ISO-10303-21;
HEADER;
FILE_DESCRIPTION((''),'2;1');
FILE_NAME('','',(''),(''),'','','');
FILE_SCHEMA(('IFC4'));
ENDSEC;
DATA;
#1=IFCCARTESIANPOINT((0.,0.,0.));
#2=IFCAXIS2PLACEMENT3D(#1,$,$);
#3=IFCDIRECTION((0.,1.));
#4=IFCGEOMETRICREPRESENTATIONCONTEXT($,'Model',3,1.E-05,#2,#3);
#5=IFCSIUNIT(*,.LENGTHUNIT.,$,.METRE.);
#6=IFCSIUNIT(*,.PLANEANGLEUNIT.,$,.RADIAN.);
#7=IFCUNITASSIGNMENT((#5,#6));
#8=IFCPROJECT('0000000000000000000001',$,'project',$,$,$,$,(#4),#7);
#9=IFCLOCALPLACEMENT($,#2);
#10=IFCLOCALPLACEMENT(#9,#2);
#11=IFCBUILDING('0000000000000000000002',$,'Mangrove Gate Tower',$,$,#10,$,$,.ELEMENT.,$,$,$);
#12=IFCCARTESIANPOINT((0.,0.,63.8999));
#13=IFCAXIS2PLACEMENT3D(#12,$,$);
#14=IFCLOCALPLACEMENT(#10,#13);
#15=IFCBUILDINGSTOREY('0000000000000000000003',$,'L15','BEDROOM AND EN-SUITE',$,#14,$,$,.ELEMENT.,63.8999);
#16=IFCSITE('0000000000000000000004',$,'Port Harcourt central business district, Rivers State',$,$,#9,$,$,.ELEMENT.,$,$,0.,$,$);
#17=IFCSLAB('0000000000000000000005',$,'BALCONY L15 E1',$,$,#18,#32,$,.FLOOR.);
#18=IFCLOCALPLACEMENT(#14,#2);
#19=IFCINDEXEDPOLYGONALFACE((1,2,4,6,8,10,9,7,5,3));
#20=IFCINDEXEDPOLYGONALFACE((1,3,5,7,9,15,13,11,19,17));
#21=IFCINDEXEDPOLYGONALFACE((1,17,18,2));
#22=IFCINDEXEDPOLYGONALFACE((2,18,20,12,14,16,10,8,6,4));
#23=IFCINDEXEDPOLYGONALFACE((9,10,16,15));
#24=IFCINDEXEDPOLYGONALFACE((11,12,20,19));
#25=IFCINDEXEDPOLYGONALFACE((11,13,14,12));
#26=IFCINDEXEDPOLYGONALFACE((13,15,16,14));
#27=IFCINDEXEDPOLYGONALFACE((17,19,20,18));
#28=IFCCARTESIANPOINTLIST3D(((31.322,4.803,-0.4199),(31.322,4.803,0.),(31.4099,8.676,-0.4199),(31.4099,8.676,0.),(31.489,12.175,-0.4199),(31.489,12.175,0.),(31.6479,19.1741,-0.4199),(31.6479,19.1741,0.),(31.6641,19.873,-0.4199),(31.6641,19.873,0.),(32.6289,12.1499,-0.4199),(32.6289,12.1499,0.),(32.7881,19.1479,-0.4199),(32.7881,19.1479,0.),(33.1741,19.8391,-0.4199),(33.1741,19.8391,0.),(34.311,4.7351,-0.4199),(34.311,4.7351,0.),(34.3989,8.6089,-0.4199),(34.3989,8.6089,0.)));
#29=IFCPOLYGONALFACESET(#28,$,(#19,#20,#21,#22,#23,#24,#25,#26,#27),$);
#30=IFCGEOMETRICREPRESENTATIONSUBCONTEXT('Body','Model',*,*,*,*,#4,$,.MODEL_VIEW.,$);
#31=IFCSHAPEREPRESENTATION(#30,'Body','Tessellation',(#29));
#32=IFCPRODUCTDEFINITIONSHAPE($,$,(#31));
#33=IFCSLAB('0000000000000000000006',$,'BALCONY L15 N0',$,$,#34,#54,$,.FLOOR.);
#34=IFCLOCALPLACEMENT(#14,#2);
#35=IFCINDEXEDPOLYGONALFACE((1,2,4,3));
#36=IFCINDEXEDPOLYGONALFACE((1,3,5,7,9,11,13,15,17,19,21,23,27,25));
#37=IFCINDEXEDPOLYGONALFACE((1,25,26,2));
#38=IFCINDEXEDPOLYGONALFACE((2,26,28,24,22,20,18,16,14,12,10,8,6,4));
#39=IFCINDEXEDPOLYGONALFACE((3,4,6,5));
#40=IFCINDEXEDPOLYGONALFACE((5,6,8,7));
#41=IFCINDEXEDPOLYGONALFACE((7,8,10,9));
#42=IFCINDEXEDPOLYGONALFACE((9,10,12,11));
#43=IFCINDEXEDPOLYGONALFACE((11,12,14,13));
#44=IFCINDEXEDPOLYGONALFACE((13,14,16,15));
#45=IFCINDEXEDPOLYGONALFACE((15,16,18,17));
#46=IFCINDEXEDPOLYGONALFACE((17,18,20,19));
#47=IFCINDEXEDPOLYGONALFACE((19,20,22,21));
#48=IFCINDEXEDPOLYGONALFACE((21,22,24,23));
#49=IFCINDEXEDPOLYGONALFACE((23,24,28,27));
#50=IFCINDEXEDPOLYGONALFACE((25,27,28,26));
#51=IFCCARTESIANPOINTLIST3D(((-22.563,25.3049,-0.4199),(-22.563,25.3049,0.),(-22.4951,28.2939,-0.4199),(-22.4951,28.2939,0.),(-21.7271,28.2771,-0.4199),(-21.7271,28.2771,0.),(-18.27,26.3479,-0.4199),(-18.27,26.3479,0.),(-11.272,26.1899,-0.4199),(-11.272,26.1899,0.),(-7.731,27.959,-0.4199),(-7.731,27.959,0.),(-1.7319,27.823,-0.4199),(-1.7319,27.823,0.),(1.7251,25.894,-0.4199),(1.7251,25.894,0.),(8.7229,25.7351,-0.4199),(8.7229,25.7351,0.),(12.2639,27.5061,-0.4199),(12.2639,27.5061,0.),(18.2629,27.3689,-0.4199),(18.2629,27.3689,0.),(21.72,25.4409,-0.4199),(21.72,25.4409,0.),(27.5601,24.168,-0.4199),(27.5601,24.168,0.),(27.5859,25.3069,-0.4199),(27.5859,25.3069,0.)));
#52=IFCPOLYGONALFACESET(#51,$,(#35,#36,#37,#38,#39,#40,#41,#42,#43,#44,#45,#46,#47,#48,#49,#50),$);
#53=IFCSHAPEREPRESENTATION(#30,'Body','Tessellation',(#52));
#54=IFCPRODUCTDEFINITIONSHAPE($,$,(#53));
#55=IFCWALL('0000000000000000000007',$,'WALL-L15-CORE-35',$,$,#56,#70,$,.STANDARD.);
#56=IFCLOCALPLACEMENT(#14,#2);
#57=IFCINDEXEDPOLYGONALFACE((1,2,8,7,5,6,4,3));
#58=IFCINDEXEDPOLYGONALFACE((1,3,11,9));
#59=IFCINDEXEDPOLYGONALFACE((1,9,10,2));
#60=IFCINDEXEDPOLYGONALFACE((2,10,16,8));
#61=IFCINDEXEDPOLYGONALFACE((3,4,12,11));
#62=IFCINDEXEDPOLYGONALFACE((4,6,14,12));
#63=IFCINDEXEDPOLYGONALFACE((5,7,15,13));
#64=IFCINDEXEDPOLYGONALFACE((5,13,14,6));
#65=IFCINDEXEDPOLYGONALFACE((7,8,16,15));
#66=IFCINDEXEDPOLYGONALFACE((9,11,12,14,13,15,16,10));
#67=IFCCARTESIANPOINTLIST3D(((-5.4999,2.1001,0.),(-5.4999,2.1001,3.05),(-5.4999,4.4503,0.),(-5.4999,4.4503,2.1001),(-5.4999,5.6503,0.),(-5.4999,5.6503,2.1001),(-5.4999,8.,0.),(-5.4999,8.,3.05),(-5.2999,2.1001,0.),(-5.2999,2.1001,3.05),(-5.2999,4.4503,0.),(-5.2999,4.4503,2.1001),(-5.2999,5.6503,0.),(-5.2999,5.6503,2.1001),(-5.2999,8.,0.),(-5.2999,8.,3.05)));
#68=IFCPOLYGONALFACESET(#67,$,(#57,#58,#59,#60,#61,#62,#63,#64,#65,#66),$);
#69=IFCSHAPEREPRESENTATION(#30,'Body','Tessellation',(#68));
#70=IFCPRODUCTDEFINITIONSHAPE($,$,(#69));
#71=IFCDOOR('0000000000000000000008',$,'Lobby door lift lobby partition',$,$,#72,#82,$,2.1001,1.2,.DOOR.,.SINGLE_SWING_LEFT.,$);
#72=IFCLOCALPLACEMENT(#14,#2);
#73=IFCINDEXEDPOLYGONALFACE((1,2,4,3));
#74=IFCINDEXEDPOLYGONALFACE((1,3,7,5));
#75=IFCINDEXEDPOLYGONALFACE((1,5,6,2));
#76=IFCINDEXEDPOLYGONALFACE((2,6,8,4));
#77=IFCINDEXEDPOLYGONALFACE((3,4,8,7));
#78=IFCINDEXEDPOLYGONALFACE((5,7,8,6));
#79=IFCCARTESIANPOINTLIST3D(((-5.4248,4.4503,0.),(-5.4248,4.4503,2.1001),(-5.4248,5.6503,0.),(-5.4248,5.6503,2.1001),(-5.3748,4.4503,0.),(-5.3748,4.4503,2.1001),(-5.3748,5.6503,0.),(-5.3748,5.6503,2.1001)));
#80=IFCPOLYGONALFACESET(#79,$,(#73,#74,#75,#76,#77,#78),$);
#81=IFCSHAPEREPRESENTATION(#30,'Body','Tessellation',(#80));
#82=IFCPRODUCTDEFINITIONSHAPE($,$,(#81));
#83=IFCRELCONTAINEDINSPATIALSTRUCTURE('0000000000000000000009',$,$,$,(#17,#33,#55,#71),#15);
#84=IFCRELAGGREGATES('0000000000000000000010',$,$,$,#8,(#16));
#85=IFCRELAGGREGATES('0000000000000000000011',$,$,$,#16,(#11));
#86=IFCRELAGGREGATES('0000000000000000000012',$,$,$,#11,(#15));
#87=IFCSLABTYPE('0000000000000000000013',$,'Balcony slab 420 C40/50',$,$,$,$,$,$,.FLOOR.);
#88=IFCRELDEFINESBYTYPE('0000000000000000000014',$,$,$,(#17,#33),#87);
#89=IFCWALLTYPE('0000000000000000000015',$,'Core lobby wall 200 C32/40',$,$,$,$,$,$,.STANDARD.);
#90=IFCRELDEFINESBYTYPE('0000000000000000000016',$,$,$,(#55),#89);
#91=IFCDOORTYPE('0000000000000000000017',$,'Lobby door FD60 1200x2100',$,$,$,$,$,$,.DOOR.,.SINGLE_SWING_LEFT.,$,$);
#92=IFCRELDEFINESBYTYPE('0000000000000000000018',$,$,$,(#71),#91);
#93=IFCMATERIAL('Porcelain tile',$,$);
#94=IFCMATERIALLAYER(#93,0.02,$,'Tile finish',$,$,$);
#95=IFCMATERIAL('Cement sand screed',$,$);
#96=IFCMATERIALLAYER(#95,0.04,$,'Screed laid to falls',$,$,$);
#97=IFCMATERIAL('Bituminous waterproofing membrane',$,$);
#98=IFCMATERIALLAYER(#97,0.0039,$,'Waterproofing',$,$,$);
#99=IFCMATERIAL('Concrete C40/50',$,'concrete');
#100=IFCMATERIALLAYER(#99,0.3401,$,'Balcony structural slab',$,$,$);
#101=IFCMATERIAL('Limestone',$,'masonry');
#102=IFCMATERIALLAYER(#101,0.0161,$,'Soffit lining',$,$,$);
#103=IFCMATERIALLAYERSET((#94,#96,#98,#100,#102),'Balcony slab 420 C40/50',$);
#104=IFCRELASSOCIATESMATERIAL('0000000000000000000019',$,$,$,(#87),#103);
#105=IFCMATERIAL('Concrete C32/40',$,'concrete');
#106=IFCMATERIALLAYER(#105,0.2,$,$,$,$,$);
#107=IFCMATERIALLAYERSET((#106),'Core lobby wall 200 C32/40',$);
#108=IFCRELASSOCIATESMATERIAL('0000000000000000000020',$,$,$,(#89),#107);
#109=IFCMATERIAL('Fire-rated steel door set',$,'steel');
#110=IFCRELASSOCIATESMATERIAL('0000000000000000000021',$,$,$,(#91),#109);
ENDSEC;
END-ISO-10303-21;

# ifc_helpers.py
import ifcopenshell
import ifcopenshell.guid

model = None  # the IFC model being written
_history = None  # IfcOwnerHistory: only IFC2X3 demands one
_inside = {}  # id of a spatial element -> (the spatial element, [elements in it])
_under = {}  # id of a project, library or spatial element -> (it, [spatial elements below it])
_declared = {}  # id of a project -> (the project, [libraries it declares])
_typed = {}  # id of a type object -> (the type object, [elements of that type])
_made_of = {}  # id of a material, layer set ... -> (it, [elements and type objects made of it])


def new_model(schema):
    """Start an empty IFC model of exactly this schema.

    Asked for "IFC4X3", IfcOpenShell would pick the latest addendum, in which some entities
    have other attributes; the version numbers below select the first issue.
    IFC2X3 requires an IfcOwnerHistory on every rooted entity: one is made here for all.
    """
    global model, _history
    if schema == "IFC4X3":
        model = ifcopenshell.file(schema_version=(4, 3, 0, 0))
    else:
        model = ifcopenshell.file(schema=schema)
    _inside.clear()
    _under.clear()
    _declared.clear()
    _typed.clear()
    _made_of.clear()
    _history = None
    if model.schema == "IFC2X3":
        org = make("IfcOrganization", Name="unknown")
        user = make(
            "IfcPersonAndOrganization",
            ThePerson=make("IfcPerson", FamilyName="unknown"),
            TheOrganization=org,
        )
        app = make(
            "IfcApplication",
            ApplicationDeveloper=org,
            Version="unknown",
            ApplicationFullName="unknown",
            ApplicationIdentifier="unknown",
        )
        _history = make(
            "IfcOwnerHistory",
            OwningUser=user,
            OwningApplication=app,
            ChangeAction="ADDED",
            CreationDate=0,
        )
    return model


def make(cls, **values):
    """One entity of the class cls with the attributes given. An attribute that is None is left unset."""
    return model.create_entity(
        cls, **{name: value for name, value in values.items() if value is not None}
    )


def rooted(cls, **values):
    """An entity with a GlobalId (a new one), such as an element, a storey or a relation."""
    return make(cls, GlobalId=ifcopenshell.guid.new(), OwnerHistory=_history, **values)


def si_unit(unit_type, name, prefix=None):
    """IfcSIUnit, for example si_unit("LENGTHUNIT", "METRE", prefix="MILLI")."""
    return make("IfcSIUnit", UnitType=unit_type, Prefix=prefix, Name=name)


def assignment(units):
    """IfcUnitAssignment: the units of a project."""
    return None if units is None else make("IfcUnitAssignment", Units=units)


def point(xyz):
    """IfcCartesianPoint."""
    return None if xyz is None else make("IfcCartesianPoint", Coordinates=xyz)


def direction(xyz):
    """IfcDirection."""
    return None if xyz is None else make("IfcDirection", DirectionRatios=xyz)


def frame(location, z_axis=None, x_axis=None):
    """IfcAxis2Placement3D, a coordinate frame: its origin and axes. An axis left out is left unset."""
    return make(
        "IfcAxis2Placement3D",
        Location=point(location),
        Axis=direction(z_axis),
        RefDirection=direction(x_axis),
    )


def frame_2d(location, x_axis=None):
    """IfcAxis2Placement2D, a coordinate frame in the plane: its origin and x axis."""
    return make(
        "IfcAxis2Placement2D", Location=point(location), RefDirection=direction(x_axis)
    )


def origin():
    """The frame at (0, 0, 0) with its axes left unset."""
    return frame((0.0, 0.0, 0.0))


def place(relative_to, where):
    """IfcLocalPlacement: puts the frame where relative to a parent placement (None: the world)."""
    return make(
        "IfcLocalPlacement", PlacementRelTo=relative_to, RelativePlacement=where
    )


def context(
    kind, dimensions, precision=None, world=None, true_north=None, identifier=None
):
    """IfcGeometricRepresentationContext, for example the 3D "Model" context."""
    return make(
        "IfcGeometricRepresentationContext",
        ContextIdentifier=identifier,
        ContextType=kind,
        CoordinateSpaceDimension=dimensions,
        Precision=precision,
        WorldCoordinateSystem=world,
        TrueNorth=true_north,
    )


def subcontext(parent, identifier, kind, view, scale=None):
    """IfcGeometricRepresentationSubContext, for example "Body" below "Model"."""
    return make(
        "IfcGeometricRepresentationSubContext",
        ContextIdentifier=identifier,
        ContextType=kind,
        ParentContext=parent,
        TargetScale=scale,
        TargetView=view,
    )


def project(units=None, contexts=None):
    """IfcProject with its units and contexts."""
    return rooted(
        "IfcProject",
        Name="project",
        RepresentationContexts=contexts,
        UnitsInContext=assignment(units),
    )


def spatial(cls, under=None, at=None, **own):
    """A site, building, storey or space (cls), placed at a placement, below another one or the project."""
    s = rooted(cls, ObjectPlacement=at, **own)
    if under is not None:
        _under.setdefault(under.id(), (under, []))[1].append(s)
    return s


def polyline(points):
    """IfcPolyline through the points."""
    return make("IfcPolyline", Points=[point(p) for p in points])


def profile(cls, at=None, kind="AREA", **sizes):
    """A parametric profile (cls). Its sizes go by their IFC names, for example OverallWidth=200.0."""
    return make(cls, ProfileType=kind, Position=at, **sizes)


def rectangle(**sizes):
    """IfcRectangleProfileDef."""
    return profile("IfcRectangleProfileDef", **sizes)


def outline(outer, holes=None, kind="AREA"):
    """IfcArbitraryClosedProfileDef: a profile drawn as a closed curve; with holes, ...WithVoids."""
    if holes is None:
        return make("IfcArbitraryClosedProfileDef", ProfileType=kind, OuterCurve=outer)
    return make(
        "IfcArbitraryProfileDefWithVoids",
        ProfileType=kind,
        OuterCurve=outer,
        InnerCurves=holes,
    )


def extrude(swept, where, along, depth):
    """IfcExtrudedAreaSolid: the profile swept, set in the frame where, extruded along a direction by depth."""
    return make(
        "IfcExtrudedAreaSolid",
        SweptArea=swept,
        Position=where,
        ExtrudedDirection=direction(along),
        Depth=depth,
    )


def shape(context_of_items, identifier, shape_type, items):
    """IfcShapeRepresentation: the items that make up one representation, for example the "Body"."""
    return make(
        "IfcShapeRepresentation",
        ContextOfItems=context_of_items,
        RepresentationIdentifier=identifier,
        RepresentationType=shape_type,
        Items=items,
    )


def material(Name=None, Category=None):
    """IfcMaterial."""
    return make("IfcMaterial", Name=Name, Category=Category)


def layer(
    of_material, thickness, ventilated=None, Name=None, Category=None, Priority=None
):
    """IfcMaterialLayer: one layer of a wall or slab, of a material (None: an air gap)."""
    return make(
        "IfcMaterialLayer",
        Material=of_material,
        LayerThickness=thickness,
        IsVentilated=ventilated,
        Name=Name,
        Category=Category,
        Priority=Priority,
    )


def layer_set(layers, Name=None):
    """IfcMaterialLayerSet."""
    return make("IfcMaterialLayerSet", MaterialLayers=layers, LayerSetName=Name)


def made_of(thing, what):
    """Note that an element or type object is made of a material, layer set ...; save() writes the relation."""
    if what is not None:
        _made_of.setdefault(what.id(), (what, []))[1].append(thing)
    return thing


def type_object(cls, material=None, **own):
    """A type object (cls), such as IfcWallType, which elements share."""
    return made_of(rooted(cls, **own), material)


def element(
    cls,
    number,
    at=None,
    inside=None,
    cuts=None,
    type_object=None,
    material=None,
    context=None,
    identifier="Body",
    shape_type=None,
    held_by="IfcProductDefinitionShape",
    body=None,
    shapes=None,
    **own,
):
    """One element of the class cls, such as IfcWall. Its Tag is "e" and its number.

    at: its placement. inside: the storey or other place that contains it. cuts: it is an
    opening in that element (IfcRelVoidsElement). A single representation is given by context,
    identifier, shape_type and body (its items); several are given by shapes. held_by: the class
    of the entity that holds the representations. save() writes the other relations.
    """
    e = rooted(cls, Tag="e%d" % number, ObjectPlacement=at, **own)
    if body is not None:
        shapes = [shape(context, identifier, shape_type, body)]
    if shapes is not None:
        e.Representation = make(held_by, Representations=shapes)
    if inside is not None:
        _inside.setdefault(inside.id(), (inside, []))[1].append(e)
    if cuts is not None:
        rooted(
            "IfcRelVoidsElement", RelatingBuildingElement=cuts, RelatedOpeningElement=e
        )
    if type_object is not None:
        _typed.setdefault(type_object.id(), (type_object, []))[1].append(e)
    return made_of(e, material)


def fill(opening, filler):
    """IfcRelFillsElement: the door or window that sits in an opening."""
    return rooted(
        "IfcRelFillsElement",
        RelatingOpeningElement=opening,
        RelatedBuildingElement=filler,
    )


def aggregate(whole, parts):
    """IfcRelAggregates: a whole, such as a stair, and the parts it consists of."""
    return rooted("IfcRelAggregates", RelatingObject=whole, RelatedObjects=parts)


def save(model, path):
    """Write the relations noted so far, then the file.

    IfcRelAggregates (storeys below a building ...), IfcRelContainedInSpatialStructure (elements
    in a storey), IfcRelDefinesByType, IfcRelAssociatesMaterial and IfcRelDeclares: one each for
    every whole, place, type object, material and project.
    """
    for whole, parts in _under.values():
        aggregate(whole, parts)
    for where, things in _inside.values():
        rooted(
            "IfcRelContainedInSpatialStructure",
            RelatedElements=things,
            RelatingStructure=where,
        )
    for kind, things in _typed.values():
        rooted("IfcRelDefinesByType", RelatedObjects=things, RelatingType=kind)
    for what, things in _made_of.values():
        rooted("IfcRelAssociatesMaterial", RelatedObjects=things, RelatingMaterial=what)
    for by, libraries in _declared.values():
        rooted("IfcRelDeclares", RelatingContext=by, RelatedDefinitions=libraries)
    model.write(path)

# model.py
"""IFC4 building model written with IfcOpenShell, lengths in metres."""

from ifc_helpers import new_model, si_unit, direction, frame, frame_2d, origin, place, context, subcontext, project, spatial, polyline, rectangle, outline, extrude, material, layer, layer_set, type_object, element, fill, save


model = new_model("IFC4")

# Units and contexts
model_context = context("Model", 3, precision=1e-05, world=origin(), true_north=direction((0.0, 1.0)))
body_context = subcontext(model_context, "Body", "Model", "MODEL_VIEW")
ifc_project = project(units=[si_unit("LENGTHUNIT", "METRE"), si_unit("PLANEANGLEUNIT", "RADIAN")], contexts=[model_context])

# Site, building, storey
site_placement = place(None, origin())
site = spatial("IfcSite", under=ifc_project, at=site_placement, Name="Port Harcourt central business district, Rivers State", CompositionType="ELEMENT", RefElevation=0.0)
building_placement = place(site_placement, origin())
building = spatial("IfcBuilding", under=site, at=building_placement, Name="Mangrove Gate Tower", CompositionType="ELEMENT")
storey_placement = place(building_placement, frame((0.0, 0.0, 63.8999)))
storey = spatial("IfcBuildingStorey", under=building, at=storey_placement, Name="L15", Description="BEDROOM AND EN-SUITE", CompositionType="ELEMENT", Elevation=63.8999)

# Slabs
ifc_material_1 = material(Name="Porcelain tile")
ifc_layer_1 = layer(ifc_material_1, 0.02, Name="Tile finish")
ifc_material_2 = material(Name="Cement sand screed")
ifc_layer_2 = layer(ifc_material_2, 0.04, Name="Screed laid to falls")
ifc_material_3 = material(Name="Bituminous waterproofing membrane")
ifc_layer_3 = layer(ifc_material_3, 0.0039, Name="Waterproofing")
ifc_material_4 = material(Name="Concrete C40/50", Category="concrete")
ifc_layer_4 = layer(ifc_material_4, 0.3401, Name="Balcony structural slab")
ifc_material_5 = material(Name="Limestone", Category="masonry")
ifc_layer_5 = layer(ifc_material_5, 0.0161, Name="Soffit lining")
ifc_layer_set_1 = layer_set([ifc_layer_1, ifc_layer_2, ifc_layer_3, ifc_layer_4, ifc_layer_5], Name="Balcony slab 420 C40/50")
slab_type = type_object("IfcSlabType", Name="Balcony slab 420 C40/50", PredefinedType="FLOOR", material=ifc_layer_set_1)
slab_1_placement = place(storey_placement, frame((0.0, 0.0, -0.4199)))
element("IfcSlab", 1, at=slab_1_placement, inside=storey, type_object=slab_type, Name="BALCONY L15 E1", PredefinedType="FLOOR", context=body_context, shape_type="SweptSolid", body=[
    extrude(outline(polyline([(34.311, 4.7351), (34.3989, 8.6089), (32.6289, 12.1499), (32.7881, 19.1479), (33.1741, 19.8391), (31.6641, 19.873), (31.6479, 19.1741), (31.489, 12.175), (31.4099, 8.676), (31.322, 4.803), (34.311, 4.7351)])), origin(), (0.0, 0.0, 1.0), 0.4199),
])
slab_2_placement = place(storey_placement, frame((0.0, 0.0, -0.4199)))
element("IfcSlab", 2, at=slab_2_placement, inside=storey, type_object=slab_type, Name="BALCONY L15 N0", PredefinedType="FLOOR", context=body_context, shape_type="SweptSolid", body=[
    extrude(outline(polyline([(27.5859, 25.3069), (21.72, 25.4409), (18.2629, 27.3689), (12.2639, 27.5061), (8.7229, 25.7351), (1.7251, 25.894), (-1.7319, 27.823), (-7.731, 27.959), (-11.272, 26.1899), (-18.27, 26.3479), (-21.7271, 28.2771), (-22.4951, 28.2939), (-22.563, 25.3049), (27.5601, 24.168), (27.5859, 25.3069)])), origin(), (0.0, 0.0, 1.0), 0.4199),
])

# Wall, opening, door
ifc_material_6 = material(Name="Concrete C32/40", Category="concrete")
ifc_layer_6 = layer(ifc_material_6, 0.2)
ifc_layer_set_2 = layer_set([ifc_layer_6], Name="Core lobby wall 200 C32/40")
wall_type_1 = type_object("IfcWallType", Name="Core lobby wall 200 C32/40", PredefinedType="STANDARD", material=ifc_layer_set_2)
wall_1_placement = place(storey_placement, frame((-5.3999, 2.1001, 0.0), z_axis=(0.0, 0.0, 1.0), x_axis=(0.0, 1.0, 0.0)))
wall_1 = element("IfcWall", 3, at=wall_1_placement, inside=storey, type_object=wall_type_1, Name="WALL-L15-CORE-35", PredefinedType="STANDARD", context=body_context, shape_type="SweptSolid", body=[
    extrude(rectangle(XDim=5.8999, YDim=0.2, at=frame_2d((2.95, 0.0))), origin(), (0.0, 0.0, 1.0), 3.05),
])
opening_1_placement = place(wall_1_placement, frame((2.3501, 0.0, 0.0)))
opening_1 = element("IfcOpeningElement", 4, at=opening_1_placement, cuts=wall_1, PredefinedType="OPENING", context=body_context, shape_type="SweptSolid", body=[
    extrude(rectangle(XDim=1.2, YDim=2.1001, at=frame_2d((0.6001, 1.05))), frame((0.0, 0.1099, 0.0), z_axis=(0.0, -1.0, 0.0), x_axis=(1.0, 0.0, 0.0)), (0.0, 0.0, 1.0), 0.22),
])
ifc_material_7 = material(Name="Fire-rated steel door set", Category="steel")
door_type_1 = type_object("IfcDoorType", Name="Lobby door FD60 1200x2100", OperationType="SINGLE_SWING_LEFT", PredefinedType="DOOR", material=ifc_material_7)
door_1_placement = place(opening_1_placement, origin())
door_1 = element("IfcDoor", 5, at=door_1_placement, inside=storey, type_object=door_type_1, Name="Lobby door lift lobby partition", OperationType="SINGLE_SWING_LEFT", OverallHeight=2.1001, OverallWidth=1.2, PredefinedType="DOOR", context=body_context, shape_type="SweptSolid", body=[
    extrude(rectangle(XDim=1.2, YDim=2.1001, at=frame_2d((0.6001, 1.05))), frame((0.0, 0.0249, 0.0), z_axis=(0.0, -1.0, 0.0), x_axis=(1.0, 0.0, 0.0)), (0.0, 0.0, 1.0), 0.05),
])
fill(opening_1, door_1)

save(model, "model.ifc")
